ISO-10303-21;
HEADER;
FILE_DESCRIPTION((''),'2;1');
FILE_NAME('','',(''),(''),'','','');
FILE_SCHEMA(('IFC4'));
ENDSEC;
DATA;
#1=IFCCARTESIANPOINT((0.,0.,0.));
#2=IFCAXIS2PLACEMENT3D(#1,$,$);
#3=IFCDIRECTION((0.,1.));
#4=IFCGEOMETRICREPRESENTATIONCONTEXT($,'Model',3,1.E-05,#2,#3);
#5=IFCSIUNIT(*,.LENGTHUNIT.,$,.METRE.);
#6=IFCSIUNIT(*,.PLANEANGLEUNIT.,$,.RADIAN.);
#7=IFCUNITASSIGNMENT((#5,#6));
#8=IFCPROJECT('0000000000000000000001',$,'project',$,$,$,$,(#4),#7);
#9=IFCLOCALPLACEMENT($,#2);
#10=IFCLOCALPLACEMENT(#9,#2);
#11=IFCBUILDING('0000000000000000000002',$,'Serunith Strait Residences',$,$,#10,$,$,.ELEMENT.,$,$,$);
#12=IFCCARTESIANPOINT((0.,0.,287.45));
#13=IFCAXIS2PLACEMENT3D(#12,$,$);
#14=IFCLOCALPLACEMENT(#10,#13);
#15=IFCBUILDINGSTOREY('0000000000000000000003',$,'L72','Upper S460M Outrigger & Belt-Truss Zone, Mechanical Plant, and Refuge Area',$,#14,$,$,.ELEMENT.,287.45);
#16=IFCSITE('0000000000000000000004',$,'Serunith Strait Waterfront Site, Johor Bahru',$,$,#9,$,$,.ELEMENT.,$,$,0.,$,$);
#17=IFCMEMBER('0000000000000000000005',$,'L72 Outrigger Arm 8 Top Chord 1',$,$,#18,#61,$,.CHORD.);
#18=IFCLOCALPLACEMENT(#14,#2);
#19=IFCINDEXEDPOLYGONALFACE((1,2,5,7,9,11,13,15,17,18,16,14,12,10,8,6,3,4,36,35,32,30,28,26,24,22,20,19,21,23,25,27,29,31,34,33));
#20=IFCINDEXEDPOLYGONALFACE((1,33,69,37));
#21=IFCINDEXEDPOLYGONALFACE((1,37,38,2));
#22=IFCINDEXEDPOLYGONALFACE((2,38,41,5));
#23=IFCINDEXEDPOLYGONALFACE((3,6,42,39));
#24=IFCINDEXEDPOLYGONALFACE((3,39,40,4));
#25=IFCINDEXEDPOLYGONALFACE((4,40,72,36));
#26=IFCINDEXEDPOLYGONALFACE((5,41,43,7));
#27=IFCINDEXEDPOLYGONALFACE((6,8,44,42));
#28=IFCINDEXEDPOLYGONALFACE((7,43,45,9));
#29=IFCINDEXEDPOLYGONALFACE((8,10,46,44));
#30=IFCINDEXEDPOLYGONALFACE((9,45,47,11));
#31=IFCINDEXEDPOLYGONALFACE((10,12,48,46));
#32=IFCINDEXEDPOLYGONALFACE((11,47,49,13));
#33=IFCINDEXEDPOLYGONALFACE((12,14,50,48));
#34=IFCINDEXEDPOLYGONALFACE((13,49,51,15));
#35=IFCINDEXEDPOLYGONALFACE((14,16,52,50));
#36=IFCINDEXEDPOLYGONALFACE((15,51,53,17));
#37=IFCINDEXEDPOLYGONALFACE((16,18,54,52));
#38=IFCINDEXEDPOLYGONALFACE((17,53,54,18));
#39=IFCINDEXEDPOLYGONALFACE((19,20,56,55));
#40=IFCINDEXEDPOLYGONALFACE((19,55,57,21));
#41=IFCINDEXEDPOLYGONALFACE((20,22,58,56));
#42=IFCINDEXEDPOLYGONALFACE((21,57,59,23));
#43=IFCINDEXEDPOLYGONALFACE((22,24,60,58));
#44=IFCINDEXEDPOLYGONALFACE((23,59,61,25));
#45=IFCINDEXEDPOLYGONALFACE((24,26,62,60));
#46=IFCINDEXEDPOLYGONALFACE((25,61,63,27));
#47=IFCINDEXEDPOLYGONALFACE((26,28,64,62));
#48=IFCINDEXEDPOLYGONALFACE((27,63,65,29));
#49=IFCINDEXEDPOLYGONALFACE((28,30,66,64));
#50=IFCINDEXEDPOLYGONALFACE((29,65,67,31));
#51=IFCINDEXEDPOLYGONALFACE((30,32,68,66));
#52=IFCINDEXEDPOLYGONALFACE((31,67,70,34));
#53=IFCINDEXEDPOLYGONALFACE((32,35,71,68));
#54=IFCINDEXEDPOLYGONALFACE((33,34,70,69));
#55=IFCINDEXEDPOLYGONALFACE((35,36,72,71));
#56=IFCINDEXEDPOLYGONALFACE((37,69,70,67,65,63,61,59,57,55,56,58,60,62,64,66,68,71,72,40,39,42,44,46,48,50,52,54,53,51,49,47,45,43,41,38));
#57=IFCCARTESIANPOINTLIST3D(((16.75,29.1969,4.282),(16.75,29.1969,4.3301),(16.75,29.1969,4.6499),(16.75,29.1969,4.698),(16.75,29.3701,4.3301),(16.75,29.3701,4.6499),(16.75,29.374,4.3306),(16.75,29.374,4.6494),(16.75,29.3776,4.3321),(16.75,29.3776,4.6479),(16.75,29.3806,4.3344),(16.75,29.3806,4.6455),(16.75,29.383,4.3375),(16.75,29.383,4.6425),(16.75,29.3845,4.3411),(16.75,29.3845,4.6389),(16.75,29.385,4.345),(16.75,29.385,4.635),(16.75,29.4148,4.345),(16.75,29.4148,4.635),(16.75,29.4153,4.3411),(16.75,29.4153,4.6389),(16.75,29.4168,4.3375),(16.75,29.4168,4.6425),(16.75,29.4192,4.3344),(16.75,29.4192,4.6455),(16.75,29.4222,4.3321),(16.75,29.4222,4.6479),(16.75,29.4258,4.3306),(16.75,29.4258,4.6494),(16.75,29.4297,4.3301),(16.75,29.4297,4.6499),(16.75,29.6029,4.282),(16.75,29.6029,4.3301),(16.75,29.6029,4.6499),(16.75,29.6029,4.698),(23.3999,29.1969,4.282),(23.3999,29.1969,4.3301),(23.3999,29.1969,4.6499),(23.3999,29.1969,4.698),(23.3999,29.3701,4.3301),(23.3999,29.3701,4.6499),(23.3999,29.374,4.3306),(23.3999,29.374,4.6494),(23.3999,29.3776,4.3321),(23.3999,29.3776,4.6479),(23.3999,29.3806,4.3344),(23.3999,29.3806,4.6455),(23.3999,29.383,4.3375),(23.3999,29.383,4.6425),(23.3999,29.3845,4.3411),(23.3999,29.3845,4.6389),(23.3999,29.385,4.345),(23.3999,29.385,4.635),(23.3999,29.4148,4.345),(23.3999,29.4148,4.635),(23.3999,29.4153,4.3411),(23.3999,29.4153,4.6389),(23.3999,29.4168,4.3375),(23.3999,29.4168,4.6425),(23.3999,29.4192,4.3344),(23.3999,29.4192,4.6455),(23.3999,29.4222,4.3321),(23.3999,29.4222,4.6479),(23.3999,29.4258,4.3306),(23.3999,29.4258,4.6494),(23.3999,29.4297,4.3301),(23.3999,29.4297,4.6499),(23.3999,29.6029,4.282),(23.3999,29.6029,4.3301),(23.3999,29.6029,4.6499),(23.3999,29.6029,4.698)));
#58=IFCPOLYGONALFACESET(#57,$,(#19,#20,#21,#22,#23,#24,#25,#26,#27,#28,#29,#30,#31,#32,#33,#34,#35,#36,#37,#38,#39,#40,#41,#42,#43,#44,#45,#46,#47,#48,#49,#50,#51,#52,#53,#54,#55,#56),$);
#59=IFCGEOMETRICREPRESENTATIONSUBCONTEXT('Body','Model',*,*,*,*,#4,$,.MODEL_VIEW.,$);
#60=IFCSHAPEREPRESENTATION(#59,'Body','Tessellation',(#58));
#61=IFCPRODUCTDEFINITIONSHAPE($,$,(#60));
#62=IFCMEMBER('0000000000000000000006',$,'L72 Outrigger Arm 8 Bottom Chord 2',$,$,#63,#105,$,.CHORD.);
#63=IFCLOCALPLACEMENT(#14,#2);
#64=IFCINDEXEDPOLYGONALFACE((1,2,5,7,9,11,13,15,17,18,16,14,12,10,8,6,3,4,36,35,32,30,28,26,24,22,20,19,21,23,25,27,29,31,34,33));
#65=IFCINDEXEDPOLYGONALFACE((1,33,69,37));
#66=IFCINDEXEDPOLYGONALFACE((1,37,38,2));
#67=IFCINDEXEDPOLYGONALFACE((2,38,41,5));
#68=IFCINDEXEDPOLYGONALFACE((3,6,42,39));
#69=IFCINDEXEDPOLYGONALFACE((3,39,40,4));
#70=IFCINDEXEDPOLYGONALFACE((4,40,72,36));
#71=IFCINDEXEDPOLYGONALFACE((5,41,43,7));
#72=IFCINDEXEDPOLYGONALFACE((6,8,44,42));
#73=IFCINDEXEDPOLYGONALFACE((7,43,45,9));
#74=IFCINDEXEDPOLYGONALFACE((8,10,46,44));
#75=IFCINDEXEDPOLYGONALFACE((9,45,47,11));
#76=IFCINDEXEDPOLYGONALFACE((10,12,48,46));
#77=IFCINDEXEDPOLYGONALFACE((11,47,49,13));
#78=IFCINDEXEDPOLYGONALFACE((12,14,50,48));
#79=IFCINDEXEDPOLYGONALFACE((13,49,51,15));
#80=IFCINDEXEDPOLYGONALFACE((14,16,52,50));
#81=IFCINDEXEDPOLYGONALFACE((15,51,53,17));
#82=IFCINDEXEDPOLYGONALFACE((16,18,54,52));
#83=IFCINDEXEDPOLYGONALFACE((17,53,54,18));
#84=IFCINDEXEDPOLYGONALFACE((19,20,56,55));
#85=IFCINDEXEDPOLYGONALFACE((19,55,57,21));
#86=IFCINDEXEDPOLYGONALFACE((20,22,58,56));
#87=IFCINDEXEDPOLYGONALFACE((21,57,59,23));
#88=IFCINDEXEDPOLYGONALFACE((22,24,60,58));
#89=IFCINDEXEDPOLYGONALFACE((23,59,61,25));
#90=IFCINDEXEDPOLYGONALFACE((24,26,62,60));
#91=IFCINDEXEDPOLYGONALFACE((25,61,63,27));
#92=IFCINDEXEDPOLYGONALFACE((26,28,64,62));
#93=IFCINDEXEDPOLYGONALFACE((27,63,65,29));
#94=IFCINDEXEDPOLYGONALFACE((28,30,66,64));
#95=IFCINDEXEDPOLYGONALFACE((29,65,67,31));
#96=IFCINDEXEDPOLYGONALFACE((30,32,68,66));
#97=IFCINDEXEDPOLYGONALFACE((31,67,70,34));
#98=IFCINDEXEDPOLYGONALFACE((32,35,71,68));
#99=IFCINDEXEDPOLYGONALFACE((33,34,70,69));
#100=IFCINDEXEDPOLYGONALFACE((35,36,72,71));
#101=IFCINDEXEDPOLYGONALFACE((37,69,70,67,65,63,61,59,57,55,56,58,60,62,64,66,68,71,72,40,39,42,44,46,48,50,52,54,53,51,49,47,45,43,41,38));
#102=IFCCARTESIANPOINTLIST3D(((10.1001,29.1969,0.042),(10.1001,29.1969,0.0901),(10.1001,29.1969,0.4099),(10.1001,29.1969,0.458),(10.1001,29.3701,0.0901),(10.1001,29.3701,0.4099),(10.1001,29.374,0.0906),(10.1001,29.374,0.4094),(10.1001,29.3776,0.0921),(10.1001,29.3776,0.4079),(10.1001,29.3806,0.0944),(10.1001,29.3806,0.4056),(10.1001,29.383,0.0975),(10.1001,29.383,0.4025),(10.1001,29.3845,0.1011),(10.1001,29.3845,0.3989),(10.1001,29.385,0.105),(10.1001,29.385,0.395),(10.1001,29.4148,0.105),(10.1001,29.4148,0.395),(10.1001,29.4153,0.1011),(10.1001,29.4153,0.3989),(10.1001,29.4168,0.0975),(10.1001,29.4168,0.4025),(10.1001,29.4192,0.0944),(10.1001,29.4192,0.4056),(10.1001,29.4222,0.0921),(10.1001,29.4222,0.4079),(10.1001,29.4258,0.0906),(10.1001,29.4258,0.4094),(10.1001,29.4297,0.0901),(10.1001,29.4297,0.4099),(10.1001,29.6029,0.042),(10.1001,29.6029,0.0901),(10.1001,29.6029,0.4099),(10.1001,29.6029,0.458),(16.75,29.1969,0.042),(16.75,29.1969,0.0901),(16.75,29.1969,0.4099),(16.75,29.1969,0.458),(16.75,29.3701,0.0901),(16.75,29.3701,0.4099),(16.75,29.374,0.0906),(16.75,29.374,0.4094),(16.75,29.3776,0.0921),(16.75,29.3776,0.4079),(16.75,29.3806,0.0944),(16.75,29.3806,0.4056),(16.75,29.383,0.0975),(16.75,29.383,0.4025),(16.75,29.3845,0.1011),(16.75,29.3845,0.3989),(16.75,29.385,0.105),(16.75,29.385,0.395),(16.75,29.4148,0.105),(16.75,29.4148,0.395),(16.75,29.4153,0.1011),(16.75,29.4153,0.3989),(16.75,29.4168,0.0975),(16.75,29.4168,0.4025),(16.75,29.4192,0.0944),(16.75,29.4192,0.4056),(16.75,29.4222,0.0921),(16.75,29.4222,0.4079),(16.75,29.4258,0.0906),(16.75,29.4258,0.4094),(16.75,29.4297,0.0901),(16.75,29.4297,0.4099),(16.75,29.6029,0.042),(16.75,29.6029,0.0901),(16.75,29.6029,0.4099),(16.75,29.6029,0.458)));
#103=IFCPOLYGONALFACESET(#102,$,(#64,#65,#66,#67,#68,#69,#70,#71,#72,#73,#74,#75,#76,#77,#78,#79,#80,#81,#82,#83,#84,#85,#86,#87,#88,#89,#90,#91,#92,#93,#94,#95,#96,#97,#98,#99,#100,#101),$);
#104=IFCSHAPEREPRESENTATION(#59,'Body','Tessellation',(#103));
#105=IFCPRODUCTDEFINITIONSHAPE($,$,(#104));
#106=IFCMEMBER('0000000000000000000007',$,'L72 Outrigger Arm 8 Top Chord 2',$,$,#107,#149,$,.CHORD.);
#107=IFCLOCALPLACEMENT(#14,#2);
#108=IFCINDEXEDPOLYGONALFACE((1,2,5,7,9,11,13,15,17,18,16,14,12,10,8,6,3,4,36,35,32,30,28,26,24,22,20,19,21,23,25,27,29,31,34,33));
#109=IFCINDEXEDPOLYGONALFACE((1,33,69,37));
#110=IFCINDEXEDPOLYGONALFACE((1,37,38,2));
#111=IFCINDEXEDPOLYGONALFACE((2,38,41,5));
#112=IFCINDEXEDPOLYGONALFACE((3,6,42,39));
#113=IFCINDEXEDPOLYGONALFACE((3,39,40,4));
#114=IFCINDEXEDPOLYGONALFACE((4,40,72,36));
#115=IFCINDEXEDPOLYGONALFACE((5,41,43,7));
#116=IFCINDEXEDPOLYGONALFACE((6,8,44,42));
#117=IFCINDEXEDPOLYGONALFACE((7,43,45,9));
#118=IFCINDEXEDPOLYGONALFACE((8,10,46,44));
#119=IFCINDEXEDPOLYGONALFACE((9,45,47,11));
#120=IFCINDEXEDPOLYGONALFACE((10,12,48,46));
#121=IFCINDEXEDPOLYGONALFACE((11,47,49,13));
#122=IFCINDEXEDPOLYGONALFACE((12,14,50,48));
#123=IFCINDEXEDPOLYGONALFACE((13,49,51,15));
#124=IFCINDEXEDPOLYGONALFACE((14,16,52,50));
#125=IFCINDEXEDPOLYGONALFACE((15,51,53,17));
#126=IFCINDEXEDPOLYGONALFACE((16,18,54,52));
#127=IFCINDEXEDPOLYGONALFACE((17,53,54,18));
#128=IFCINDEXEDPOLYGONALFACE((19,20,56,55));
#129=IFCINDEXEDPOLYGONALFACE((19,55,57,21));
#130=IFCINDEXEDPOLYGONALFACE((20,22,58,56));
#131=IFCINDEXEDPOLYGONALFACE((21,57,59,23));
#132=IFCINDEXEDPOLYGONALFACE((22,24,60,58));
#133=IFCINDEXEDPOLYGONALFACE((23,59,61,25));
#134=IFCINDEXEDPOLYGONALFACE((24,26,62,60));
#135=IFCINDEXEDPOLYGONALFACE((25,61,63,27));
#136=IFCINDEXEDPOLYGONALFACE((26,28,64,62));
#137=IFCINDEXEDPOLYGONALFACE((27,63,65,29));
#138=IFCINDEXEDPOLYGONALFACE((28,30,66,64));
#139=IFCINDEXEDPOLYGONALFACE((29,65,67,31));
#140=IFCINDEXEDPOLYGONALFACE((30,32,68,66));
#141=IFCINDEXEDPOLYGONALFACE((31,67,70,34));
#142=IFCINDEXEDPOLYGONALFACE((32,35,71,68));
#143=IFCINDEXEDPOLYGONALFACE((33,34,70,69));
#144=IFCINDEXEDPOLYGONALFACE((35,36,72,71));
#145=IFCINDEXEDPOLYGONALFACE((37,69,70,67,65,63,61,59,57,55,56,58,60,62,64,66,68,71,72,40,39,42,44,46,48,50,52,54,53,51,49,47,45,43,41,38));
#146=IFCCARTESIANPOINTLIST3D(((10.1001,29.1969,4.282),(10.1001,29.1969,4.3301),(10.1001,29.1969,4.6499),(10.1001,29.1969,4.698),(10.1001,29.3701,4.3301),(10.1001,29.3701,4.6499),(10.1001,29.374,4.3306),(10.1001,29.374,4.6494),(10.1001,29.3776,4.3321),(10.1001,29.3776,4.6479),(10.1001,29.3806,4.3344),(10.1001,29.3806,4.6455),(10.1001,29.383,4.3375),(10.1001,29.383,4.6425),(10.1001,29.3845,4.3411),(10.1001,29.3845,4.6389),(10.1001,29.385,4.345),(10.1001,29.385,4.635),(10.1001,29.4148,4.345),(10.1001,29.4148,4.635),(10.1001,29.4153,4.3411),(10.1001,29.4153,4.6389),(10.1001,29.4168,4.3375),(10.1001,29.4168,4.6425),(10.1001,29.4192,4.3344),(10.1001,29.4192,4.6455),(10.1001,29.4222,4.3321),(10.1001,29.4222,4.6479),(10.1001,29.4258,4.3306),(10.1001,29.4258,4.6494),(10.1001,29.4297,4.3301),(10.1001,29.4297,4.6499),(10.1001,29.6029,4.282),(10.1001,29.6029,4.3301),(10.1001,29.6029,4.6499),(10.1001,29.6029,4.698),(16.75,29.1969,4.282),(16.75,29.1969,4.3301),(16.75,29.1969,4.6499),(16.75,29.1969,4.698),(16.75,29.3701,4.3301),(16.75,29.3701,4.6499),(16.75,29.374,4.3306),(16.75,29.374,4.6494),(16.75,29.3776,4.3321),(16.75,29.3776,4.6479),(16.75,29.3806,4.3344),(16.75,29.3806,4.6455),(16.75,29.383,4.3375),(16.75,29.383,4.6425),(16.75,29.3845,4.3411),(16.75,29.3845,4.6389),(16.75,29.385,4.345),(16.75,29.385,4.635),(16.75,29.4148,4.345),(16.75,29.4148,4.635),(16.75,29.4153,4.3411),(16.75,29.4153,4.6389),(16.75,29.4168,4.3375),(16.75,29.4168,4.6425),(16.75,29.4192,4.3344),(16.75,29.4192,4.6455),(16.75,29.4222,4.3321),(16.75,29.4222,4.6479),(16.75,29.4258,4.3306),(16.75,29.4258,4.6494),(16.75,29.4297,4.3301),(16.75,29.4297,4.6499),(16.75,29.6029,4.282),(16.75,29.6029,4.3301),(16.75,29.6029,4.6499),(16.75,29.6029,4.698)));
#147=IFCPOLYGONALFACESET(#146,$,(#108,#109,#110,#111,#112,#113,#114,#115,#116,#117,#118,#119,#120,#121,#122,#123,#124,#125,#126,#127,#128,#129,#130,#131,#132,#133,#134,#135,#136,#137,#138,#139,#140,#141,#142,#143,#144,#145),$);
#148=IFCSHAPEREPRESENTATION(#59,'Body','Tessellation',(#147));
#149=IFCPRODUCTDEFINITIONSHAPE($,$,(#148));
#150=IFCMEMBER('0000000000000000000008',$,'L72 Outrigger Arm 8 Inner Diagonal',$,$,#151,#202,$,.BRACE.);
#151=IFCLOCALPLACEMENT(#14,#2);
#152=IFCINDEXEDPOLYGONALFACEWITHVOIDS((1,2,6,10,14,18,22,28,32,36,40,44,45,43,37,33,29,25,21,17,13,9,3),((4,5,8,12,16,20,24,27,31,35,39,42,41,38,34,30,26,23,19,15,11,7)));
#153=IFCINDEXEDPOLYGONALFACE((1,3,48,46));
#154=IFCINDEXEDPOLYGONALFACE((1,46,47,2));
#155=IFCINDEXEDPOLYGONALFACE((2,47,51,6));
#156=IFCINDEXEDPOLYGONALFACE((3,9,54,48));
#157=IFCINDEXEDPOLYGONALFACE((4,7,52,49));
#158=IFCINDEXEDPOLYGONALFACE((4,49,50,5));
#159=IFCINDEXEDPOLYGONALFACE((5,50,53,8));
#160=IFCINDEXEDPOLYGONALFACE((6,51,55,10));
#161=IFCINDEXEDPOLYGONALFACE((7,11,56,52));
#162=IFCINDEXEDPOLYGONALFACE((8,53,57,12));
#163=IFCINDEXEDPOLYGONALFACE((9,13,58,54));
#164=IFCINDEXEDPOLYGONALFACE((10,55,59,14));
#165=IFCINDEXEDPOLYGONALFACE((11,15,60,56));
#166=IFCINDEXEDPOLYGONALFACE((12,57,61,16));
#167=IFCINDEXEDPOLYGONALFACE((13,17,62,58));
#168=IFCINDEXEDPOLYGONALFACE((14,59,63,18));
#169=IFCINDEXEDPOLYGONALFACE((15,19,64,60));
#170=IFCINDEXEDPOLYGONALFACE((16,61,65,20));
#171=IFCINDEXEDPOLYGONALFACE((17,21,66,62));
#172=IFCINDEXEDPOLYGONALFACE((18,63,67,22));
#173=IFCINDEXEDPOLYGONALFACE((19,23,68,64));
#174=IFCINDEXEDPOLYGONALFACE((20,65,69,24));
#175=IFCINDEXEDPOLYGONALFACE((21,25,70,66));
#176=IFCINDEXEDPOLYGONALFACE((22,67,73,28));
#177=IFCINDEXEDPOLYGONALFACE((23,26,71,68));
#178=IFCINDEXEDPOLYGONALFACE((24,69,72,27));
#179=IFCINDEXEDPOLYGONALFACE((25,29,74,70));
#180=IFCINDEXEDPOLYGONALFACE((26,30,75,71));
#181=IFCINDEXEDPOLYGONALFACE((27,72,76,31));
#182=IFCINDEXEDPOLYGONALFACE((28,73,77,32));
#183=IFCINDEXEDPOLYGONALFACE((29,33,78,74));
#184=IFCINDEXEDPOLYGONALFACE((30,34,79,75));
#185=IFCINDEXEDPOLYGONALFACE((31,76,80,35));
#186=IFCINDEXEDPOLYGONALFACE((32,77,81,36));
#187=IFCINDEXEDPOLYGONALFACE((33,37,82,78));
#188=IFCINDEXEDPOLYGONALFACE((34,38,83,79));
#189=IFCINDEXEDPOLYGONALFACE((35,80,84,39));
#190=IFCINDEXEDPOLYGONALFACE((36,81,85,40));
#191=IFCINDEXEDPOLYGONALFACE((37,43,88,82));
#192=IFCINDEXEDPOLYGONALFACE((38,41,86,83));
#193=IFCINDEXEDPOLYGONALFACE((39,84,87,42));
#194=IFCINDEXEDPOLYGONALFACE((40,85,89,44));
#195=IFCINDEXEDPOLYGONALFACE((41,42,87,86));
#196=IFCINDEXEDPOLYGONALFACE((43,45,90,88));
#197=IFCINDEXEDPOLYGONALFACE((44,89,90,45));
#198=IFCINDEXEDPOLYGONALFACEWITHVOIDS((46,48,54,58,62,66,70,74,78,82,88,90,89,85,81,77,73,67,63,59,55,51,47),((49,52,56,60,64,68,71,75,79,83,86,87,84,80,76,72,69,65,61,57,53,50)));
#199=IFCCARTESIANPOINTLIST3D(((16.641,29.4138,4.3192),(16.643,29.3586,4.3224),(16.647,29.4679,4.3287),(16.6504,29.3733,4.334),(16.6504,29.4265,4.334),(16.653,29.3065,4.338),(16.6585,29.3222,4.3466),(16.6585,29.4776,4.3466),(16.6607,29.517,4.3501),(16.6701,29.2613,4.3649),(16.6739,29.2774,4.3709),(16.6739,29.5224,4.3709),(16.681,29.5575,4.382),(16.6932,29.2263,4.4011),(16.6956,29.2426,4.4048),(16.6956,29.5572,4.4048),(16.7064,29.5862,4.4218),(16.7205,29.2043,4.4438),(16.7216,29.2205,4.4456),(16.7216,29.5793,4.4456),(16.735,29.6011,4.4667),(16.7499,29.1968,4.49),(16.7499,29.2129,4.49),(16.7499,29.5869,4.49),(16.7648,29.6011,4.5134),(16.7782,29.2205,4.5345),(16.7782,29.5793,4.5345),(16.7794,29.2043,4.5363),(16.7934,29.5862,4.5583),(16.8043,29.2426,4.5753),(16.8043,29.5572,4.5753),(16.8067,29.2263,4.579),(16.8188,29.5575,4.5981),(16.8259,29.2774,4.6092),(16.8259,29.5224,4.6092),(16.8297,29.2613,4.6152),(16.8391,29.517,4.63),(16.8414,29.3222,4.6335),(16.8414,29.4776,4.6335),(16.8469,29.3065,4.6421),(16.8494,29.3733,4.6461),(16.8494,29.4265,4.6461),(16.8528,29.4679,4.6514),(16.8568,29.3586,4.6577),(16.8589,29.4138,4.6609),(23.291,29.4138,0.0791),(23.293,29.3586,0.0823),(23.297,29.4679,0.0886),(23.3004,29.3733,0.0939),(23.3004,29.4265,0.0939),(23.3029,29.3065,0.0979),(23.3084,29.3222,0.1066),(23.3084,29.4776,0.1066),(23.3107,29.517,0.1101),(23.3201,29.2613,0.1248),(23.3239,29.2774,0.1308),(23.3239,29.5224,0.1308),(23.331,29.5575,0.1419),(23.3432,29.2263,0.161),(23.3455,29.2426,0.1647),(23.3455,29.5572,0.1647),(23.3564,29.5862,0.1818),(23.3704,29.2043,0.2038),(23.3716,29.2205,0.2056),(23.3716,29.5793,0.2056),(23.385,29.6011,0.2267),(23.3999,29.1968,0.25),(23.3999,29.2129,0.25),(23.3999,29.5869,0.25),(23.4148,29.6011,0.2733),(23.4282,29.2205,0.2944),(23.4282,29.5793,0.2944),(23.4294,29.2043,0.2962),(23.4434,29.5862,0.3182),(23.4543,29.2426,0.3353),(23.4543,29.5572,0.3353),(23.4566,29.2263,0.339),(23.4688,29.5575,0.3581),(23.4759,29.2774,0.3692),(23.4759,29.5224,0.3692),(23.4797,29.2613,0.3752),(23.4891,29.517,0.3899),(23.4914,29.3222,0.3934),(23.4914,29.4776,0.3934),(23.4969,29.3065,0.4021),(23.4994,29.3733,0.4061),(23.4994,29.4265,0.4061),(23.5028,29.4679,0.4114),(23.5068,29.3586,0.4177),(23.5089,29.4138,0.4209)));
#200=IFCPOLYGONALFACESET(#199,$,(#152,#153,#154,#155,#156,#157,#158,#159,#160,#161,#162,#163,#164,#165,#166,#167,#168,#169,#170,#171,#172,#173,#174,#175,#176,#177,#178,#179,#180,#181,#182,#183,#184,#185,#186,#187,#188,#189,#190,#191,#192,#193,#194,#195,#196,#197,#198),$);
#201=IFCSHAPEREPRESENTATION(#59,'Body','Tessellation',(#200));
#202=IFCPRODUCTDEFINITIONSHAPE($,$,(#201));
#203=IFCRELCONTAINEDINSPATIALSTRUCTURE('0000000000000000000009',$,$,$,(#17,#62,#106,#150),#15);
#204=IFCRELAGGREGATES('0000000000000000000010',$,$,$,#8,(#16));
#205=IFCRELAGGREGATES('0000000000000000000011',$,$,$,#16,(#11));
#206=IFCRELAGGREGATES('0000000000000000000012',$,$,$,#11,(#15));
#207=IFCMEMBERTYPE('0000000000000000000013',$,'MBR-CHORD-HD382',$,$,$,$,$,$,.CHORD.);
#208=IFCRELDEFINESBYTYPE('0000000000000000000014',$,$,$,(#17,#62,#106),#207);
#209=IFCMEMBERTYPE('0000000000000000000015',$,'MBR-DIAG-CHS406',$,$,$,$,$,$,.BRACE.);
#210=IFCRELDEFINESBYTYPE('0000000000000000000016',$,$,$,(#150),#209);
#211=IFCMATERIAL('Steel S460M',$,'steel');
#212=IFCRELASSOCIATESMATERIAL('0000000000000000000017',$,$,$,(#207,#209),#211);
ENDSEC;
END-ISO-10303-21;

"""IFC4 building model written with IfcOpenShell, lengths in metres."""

from ifc_helpers import new_model, si_unit, direction, frame, origin, origin_2d, place, context, subcontext, project, spatial, hollow_circle, i_section, extrude, source, transform, mapped, material, material_profile, profile_set, type_object, element, save


model = new_model("IFC4")

# Units and contexts
model_context = context("Model", 3, precision=1e-05, world=origin(), true_north=direction((0.0, 1.0)))
body_context = subcontext(model_context, "Body", "Model", "MODEL_VIEW")
ifc_project = project(units=[si_unit("LENGTHUNIT", "METRE"), si_unit("PLANEANGLEUNIT", "RADIAN")], contexts=[model_context])

# Site, building, storey
site_placement = place(None, origin())
site = spatial("IfcSite", under=ifc_project, at=site_placement, Name="Serunith Strait Waterfront Site, Johor Bahru", CompositionType="ELEMENT", RefElevation=0.0)
building_placement = place(site_placement, origin())
building = spatial("IfcBuilding", under=site, at=building_placement, Name="Serunith Strait Residences", CompositionType="ELEMENT")
storey_placement = place(building_placement, frame((0.0, 0.0, 287.45)))
storey = spatial("IfcBuildingStorey", under=building, at=storey_placement, Name="L72", Description="Upper S460M Outrigger & Belt-Truss Zone, Mechanical Plant, and Refuge Area", CompositionType="ELEMENT", Elevation=287.45)

# Members
ifc_material_1 = material(Name="Steel S460M", Category="steel")
ifc_material_profile_1 = material_profile(ifc_material_1, i_section(OverallWidth=0.406, OverallDepth=0.416, WebThickness=0.0298, FlangeThickness=0.0481, FilletRadius=0.0149, at=origin_2d()), Name="HD 400x382")
ifc_profile_set_1 = profile_set([ifc_material_profile_1], Name="Steel S460M")
member_type_1 = type_object("IfcMemberType", Name="MBR-CHORD-HD382", PredefinedType="CHORD", material=ifc_profile_set_1)
shared_shape_1 = source(origin(), body_context, "Body", "SweptSolid", [
    extrude(i_section(OverallWidth=0.406, OverallDepth=0.416, WebThickness=0.0298, FlangeThickness=0.0481, FilletRadius=0.0149, at=origin_2d()), origin(), (0.0, 0.0, 1.0), 6.6499),
])
for number, where, z_axis, x_axis, name in (
    (1, (23.3999, 29.3999, 4.49), (-1.0, 0.0, 0.0), (0.0, -1.0, 0.0), "L72 Outrigger Arm 8 Top Chord 1"),
    (2, (16.75, 29.3999, 0.25), (-1.0, 0.0, 0.0), (0.0, -1.0, 0.0), "L72 Outrigger Arm 8 Bottom Chord 2"),
    (3, (16.75, 29.3999, 4.49), (-1.0, 0.0, 0.0), (0.0, -1.0, 0.0), "L72 Outrigger Arm 8 Top Chord 2"),
):
    element("IfcMember", number, at=place(storey_placement, frame(where, z_axis=z_axis, x_axis=x_axis)), inside=storey, type_object=member_type_1, Name=name, PredefinedType="CHORD", context=body_context, shape_type="MappedRepresentation", body=[
        mapped(shared_shape_1, transform((0.0, 0.0, 0.0), scale=1.0)),
    ])
ifc_material_profile_2 = material_profile(ifc_material_1, hollow_circle(Radius=0.2031, WallThickness=0.0161, at=origin_2d()), Name="CHS 406.4x16")
ifc_profile_set_2 = profile_set([ifc_material_profile_2], Name="Steel S460M")
member_type_2 = type_object("IfcMemberType", Name="MBR-DIAG-CHS406", PredefinedType="BRACE", material=ifc_profile_set_2)
shared_shape_2 = source(origin(), body_context, "Body", "SweptSolid", [
    extrude(hollow_circle(Radius=0.2031, WallThickness=0.0161, at=origin_2d()), origin(), (0.0, 0.0, 1.0), 7.8867),
])
member_1_placement = place(storey_placement, frame((23.3999, 29.3999, 0.25), z_axis=(-0.843188, 0.0, 0.537618), x_axis=(0.0, -1.0, 0.0)))
element("IfcMember", 4, at=member_1_placement, inside=storey, type_object=member_type_2, Name="L72 Outrigger Arm 8 Inner Diagonal", PredefinedType="BRACE", context=body_context, shape_type="MappedRepresentation", body=[
    mapped(shared_shape_2, transform((0.0, 0.0, 0.0), scale=1.0)),
])

save(model, "model.ifc")
